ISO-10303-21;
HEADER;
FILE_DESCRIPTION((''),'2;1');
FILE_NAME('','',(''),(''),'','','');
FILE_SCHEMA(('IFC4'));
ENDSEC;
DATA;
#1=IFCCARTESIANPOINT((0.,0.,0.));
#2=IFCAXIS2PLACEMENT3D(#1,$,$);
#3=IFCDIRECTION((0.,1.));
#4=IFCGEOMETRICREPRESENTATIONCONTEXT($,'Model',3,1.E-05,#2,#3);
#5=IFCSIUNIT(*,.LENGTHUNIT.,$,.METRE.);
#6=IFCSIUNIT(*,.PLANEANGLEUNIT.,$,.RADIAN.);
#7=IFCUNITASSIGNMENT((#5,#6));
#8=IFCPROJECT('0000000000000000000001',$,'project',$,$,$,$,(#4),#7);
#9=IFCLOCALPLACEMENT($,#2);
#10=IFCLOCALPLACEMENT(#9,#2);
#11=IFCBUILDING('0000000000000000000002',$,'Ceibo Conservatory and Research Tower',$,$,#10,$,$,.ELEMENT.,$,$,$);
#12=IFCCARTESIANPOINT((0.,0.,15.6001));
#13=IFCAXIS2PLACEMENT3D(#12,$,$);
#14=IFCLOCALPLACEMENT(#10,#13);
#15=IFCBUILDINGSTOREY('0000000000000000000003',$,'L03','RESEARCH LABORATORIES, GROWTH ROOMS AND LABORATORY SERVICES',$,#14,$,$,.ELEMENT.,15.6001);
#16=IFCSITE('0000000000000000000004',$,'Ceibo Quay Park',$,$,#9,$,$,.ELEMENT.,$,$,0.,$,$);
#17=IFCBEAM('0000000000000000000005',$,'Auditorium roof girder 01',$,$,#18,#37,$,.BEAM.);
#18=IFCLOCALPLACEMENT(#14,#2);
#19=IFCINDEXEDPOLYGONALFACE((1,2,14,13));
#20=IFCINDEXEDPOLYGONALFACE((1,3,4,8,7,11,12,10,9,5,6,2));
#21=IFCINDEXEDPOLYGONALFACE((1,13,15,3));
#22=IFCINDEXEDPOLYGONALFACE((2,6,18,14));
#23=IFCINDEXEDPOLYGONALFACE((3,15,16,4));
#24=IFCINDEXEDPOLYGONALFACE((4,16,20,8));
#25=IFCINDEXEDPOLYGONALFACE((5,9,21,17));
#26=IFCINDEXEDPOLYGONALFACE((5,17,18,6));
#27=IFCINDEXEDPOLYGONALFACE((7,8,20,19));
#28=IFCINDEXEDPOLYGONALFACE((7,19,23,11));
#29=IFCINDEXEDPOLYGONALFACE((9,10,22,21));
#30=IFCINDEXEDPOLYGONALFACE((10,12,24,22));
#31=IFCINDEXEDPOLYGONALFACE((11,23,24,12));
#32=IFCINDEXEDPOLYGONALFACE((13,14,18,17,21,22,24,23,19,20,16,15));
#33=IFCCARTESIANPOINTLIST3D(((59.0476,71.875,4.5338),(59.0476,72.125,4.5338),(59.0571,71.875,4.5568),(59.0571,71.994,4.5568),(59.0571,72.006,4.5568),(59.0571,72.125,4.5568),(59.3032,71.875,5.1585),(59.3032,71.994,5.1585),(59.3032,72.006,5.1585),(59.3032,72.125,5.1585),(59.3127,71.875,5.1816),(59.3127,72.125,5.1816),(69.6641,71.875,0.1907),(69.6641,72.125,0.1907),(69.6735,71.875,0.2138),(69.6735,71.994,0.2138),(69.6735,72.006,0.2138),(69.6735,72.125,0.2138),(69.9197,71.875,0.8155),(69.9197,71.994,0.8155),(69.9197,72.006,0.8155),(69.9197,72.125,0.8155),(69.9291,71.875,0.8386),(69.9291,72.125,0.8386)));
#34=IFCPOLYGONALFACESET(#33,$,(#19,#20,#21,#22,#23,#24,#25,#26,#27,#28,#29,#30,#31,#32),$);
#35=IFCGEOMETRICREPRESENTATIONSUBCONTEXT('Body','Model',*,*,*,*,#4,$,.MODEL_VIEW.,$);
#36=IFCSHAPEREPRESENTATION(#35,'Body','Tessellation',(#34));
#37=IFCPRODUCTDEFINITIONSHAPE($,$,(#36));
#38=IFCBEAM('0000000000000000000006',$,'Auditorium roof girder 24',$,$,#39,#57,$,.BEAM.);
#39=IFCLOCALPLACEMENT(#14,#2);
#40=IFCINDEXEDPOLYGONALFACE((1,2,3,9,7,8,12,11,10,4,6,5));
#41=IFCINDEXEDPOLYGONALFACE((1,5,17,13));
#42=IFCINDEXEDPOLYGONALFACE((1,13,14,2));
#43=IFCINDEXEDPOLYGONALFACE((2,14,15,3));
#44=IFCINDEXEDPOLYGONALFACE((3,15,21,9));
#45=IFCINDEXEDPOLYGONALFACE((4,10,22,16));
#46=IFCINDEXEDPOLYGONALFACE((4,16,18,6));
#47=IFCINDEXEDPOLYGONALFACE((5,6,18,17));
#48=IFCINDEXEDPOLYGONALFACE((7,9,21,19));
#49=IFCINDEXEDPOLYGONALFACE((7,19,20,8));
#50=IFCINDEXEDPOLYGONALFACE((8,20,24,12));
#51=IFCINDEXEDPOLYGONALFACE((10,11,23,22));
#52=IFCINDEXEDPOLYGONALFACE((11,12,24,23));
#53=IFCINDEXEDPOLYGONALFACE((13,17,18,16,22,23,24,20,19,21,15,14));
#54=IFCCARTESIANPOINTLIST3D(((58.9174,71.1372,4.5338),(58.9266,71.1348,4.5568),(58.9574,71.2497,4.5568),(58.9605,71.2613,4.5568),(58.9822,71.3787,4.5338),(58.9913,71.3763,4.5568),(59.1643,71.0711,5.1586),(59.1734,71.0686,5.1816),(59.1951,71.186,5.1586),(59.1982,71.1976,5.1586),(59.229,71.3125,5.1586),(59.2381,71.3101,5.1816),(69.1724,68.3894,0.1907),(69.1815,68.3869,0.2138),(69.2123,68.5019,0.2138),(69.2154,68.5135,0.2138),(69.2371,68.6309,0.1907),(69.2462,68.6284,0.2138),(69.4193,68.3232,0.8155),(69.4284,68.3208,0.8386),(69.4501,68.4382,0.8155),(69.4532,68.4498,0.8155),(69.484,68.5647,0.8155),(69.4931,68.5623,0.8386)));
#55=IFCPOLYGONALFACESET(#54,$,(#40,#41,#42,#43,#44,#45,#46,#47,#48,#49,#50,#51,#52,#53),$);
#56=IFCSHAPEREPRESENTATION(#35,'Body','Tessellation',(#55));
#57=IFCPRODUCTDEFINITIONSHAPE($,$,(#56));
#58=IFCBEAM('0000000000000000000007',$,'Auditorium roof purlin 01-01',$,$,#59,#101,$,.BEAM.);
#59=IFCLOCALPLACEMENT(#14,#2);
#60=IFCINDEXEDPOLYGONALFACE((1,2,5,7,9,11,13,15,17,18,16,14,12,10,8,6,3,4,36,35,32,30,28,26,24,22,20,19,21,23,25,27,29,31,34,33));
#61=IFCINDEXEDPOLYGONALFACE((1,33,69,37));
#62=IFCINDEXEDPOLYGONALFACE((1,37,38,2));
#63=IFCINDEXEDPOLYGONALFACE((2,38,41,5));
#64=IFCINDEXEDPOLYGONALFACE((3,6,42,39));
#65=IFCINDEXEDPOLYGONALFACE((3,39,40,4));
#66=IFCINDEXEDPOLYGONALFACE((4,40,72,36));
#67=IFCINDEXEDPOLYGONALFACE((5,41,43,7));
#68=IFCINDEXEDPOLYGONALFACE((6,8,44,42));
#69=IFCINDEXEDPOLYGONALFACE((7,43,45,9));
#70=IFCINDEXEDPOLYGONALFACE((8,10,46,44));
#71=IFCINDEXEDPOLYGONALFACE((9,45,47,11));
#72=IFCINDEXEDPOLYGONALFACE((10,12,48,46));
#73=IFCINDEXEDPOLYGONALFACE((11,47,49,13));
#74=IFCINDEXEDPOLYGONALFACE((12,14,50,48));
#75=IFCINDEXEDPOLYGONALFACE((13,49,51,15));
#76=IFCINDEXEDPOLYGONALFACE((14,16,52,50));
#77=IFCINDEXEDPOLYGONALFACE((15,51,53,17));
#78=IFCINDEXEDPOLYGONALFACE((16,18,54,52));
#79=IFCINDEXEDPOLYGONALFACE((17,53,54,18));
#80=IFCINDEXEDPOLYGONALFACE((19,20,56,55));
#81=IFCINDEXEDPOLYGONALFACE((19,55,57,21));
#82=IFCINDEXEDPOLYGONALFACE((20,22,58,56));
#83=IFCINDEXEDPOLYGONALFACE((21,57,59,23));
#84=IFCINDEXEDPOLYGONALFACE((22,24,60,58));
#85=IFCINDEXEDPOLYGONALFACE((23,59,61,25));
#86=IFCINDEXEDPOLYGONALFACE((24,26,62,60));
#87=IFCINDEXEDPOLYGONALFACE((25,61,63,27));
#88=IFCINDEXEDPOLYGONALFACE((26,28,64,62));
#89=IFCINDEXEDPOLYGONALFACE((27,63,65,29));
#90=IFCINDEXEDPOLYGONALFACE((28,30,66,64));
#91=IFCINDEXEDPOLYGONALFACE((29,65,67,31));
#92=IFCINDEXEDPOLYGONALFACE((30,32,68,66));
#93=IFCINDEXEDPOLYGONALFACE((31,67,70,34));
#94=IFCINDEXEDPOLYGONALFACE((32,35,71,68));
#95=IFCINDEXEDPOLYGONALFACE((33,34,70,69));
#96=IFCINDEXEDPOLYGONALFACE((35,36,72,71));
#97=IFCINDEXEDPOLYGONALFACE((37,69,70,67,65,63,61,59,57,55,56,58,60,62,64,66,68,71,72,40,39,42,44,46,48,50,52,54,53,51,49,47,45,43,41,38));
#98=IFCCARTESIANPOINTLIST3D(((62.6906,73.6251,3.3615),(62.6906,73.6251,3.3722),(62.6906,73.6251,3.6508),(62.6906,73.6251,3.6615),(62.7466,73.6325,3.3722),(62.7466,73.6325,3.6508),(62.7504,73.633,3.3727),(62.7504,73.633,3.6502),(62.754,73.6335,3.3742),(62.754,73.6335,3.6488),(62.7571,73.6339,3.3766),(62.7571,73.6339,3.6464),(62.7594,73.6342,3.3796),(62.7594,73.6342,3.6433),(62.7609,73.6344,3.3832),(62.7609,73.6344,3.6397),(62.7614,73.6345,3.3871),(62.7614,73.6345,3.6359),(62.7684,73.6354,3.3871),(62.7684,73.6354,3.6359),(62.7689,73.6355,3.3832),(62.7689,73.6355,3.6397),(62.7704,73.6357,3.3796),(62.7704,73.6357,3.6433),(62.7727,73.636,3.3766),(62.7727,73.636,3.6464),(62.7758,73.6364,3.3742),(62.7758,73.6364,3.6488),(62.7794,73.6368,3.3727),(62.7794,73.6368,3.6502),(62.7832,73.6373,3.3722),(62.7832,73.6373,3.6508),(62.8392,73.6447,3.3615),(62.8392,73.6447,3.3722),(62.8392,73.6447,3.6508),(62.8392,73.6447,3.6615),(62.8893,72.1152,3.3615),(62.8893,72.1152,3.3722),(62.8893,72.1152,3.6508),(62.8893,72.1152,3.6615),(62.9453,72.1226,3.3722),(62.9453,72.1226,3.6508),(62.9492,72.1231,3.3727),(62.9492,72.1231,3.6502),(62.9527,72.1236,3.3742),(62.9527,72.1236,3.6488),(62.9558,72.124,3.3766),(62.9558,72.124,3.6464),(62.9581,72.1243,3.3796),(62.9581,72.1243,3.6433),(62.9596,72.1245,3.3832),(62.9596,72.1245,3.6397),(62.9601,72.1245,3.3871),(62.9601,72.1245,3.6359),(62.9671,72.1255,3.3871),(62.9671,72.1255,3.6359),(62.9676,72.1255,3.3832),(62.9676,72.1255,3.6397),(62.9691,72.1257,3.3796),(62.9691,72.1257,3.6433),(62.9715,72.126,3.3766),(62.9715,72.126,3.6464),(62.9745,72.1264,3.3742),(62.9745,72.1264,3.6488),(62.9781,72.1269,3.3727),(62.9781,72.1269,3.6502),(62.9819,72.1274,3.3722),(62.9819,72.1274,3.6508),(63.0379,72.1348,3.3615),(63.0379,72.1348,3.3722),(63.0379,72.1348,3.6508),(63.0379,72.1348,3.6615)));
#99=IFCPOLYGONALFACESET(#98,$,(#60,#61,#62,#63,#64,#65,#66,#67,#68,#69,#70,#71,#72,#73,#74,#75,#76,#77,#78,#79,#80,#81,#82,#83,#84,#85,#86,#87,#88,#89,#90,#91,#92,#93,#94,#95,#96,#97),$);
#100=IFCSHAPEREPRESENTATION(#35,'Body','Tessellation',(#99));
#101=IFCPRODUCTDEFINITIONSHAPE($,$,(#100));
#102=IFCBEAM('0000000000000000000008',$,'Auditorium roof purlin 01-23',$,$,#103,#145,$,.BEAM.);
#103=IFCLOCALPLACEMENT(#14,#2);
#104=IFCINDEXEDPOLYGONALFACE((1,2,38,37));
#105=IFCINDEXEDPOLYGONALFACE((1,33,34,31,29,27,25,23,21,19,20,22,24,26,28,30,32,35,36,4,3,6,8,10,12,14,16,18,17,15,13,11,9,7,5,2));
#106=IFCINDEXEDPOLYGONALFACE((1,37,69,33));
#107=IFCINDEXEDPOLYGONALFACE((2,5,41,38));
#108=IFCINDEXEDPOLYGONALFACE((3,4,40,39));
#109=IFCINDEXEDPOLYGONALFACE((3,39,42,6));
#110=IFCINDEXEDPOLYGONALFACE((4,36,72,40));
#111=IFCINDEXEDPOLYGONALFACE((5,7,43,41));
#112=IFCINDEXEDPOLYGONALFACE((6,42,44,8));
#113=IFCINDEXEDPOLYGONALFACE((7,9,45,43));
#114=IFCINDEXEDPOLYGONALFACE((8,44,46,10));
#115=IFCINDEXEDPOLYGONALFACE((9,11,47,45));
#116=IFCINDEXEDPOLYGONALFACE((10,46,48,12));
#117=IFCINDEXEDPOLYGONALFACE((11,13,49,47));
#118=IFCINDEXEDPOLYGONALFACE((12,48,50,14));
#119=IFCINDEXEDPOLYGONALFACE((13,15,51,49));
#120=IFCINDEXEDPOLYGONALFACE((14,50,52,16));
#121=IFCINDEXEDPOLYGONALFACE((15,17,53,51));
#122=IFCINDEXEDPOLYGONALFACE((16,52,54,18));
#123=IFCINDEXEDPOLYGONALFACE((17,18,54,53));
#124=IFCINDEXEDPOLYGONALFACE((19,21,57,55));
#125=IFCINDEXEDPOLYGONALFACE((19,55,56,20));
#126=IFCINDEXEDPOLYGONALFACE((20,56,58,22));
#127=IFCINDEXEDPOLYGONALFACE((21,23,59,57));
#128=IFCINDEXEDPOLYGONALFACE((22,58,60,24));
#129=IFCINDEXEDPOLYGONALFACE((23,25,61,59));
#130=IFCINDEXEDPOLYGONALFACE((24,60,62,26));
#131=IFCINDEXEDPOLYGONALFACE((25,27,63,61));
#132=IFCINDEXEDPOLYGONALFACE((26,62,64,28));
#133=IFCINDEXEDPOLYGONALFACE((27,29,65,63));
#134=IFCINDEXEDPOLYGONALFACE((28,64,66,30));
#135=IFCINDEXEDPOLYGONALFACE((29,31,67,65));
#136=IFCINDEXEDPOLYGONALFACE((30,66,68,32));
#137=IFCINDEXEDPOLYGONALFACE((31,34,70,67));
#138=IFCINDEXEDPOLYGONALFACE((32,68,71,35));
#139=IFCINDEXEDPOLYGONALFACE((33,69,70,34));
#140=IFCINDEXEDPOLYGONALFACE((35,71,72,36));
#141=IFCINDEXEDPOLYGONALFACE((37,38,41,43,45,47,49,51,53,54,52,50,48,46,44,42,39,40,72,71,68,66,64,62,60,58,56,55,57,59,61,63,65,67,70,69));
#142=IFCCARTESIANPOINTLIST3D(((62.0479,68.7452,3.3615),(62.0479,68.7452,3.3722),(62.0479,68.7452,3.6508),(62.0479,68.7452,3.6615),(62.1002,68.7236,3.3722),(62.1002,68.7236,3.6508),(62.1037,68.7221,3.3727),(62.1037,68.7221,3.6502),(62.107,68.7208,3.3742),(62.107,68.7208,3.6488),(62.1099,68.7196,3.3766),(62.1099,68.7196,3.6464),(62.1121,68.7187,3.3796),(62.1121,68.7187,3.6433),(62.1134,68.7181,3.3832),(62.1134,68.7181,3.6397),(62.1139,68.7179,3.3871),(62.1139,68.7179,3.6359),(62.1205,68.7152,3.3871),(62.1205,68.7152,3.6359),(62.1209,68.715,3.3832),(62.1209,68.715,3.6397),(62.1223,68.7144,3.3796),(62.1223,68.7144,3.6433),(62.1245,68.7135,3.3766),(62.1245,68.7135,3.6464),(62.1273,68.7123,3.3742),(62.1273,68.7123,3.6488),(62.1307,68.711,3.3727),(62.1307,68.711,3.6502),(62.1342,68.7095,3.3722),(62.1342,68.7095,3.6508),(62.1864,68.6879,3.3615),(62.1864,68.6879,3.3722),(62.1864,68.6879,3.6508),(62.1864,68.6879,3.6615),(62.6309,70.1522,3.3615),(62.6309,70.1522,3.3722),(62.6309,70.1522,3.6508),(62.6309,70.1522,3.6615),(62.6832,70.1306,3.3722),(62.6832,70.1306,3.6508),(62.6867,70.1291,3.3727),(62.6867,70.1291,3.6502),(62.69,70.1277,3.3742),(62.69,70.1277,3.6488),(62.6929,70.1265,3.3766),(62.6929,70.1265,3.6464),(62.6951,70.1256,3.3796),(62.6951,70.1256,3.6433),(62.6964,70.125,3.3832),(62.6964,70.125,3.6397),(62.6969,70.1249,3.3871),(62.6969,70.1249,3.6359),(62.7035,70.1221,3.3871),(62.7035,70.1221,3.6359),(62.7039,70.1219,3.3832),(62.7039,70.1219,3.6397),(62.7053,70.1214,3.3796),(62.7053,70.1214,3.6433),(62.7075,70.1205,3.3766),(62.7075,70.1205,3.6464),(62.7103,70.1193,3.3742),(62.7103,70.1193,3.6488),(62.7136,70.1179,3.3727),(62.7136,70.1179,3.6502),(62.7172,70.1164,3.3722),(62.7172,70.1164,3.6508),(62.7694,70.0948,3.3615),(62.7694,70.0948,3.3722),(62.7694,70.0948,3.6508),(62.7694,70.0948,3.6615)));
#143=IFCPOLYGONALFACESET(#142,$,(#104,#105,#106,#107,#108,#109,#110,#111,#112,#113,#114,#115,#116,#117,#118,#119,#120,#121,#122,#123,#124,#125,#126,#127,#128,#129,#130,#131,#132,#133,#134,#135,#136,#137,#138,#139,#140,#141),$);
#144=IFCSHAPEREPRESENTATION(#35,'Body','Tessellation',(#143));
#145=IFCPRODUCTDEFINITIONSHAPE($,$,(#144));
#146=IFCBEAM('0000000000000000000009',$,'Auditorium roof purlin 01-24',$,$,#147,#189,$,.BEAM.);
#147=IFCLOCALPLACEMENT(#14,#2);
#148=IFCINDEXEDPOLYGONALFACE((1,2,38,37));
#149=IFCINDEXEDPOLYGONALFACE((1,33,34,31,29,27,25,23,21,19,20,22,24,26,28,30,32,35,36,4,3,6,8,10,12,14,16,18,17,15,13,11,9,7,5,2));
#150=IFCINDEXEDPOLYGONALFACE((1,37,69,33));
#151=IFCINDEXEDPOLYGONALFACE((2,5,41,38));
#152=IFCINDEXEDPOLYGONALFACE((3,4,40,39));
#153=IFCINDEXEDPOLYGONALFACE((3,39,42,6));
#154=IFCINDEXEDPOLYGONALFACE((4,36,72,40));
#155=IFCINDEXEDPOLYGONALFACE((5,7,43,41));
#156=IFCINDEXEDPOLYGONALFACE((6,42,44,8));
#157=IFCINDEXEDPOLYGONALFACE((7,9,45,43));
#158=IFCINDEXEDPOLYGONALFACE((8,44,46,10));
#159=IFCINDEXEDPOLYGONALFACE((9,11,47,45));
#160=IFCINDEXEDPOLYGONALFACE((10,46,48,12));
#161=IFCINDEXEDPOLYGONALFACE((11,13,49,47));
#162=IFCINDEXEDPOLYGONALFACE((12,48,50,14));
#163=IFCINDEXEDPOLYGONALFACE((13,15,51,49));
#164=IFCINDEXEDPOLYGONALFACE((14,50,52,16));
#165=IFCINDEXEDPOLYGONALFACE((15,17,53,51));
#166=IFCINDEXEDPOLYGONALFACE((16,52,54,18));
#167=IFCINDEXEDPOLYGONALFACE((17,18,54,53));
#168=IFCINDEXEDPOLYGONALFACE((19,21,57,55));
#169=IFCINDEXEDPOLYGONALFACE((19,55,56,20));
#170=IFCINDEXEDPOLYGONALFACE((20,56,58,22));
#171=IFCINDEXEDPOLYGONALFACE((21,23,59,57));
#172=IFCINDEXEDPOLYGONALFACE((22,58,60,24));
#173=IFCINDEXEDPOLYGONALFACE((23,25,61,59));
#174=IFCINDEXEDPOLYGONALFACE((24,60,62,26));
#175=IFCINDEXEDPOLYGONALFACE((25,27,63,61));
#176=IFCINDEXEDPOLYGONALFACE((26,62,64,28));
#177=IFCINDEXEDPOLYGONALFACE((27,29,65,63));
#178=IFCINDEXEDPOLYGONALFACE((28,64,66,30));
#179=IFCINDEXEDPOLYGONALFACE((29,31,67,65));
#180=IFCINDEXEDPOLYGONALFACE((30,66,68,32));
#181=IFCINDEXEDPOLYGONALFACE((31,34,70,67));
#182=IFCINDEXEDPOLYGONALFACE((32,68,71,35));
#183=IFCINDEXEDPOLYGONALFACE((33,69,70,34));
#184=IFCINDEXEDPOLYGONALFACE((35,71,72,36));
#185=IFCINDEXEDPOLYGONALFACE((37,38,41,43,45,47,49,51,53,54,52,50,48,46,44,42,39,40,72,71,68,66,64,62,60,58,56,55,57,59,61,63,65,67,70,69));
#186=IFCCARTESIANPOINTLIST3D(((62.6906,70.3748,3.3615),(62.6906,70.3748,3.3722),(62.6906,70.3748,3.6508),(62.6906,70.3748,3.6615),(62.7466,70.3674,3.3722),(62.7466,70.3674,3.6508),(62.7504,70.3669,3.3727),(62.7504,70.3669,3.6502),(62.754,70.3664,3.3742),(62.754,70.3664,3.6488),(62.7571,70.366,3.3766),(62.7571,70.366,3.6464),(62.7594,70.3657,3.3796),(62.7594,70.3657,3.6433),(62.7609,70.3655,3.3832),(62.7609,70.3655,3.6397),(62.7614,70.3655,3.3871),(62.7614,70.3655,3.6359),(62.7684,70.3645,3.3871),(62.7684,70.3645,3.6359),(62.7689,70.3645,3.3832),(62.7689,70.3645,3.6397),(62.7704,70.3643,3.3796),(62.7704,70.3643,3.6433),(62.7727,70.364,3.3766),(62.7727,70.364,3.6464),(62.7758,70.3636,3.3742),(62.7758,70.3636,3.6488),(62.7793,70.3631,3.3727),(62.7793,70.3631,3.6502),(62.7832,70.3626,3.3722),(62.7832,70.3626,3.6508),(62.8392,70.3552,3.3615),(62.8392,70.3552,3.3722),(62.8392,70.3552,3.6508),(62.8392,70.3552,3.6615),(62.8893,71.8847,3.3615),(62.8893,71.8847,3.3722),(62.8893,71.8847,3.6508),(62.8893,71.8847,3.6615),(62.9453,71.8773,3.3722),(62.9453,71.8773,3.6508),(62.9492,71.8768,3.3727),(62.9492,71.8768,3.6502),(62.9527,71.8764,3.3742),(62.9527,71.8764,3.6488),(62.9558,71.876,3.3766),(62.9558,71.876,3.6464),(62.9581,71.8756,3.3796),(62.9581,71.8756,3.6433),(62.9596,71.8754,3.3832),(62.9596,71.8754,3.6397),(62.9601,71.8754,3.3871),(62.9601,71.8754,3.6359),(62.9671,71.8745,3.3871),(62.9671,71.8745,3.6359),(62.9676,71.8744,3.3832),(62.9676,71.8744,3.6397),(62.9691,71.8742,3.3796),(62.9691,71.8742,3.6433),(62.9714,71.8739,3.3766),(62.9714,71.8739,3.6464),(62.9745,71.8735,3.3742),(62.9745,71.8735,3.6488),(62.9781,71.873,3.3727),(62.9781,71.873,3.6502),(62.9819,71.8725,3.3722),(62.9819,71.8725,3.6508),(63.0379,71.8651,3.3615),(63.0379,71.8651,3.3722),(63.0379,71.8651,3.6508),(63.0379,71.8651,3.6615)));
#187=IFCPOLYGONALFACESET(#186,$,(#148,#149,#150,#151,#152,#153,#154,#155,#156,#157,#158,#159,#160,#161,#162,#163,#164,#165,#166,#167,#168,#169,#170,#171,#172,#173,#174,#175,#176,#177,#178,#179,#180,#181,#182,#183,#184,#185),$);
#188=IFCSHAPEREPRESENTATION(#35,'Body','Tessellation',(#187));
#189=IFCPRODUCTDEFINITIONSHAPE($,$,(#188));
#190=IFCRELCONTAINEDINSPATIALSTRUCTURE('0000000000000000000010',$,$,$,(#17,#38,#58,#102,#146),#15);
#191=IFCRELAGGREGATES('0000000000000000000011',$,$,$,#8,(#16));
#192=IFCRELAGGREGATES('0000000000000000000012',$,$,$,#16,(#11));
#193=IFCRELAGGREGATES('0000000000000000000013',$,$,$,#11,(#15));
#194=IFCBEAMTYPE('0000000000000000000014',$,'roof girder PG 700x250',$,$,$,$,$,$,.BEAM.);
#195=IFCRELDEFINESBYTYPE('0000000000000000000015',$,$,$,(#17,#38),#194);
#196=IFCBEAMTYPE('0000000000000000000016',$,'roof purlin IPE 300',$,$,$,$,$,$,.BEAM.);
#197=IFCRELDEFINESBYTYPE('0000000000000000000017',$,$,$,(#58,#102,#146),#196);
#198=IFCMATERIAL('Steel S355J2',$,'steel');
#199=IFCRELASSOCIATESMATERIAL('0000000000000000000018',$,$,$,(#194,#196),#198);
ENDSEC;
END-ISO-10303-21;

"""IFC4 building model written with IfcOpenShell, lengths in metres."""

from ifc_helpers import new_model, si_unit, direction, frame, origin, origin_2d, place, context, subcontext, project, spatial, i_section, extrude, material, material_profile, profile_set, type_object, element, save


model = new_model("IFC4")

# Units and contexts
model_context = context("Model", 3, precision=1e-05, world=origin(), true_north=direction((0.0, 1.0)))
body_context = subcontext(model_context, "Body", "Model", "MODEL_VIEW")
ifc_project = project(units=[si_unit("LENGTHUNIT", "METRE"), si_unit("PLANEANGLEUNIT", "RADIAN")], contexts=[model_context])

# Site, building, storey
site_placement = place(None, origin())
site = spatial("IfcSite", under=ifc_project, at=site_placement, Name="Ceibo Quay Park", CompositionType="ELEMENT", RefElevation=0.0)
building_placement = place(site_placement, origin())
building = spatial("IfcBuilding", under=site, at=building_placement, Name="Ceibo Conservatory and Research Tower", CompositionType="ELEMENT")
storey_placement = place(building_placement, frame((0.0, 0.0, 15.6001)))
storey = spatial("IfcBuildingStorey", under=building, at=storey_placement, Name="L03", Description="RESEARCH LABORATORIES, GROWTH ROOMS AND LABORATORY SERVICES", CompositionType="ELEMENT", Elevation=15.6001)

# Beams
ifc_material_1 = material(Name="Steel S355J2", Category="steel")
ifc_material_profile_1 = material_profile(ifc_material_1, i_section(OverallWidth=0.25, OverallDepth=0.7, WebThickness=0.012, FlangeThickness=0.0249, at=origin_2d()), Name="PG 700x250")
ifc_profile_set_1 = profile_set([ifc_material_profile_1], Name="Steel S355J2")
beam_type_1 = type_object("IfcBeamType", Name="roof girder PG 700x250", PredefinedType="BEAM", material=ifc_profile_set_1)
beam_1_placement = place(storey_placement, frame((69.7966, 72.0, 0.5146), z_axis=(-0.925549, 0.0, 0.378627), x_axis=(0.0, -1.0, 0.0)))
element("IfcBeam", 1, at=beam_1_placement, inside=storey, type_object=beam_type_1, Name="Auditorium roof girder 01", PredefinedType="BEAM", context=body_context, shape_type="SweptSolid", body=[
    extrude(i_section(OverallWidth=0.25, OverallDepth=0.7, WebThickness=0.012, FlangeThickness=0.0249, at=origin_2d()), origin(), (0.0, 0.0, 1.0), 11.4705),
])
beam_2_placement = place(storey_placement, frame((69.3328, 68.4758, 0.5146), z_axis=(-0.894014, 0.239552, 0.378621), x_axis=(-0.25882, -0.965925, 0.0)))
element("IfcBeam", 2, at=beam_2_placement, inside=storey, type_object=beam_type_1, Name="Auditorium roof girder 24", PredefinedType="BEAM", context=body_context, shape_type="SweptSolid", body=[
    extrude(i_section(OverallWidth=0.25, OverallDepth=0.7, WebThickness=0.012, FlangeThickness=0.0249, at=origin_2d()), origin(), (0.0, 0.0, 1.0), 11.4707),
])
ifc_material_profile_2 = material_profile(ifc_material_1, i_section(OverallWidth=0.1499, OverallDepth=0.3, WebThickness=0.0071, FlangeThickness=0.0107, FilletRadius=0.0149, at=origin_2d()), Name="IPE 300")
ifc_profile_set_2 = profile_set([ifc_material_profile_2], Name="Steel S355J2")
beam_type_2 = type_object("IfcBeamType", Name="roof purlin IPE 300", PredefinedType="BEAM", material=ifc_profile_set_2)
for number, where, z_axis, x_axis, name in (
    (3, (62.9636, 72.125, 3.5115), (-0.130484, 0.99145, 0.0), (-0.99145, -0.130484, 0.0), "Auditorium roof purlin 01-01"),
    (4, (62.1172, 68.7166, 3.5115), (0.382805, 0.923829, 0.0), (-0.923829, 0.382805, 0.0), "Auditorium roof purlin 01-23"),
    (5, (62.7649, 70.365, 3.5115), (0.130484, 0.99145, 0.0), (-0.99145, 0.130484, 0.0), "Auditorium roof purlin 01-24"),
):
    element("IfcBeam", number, at=place(storey_placement, frame(where, z_axis=z_axis, x_axis=x_axis)), inside=storey, type_object=beam_type_2, Name=name, PredefinedType="BEAM", context=body_context, shape_type="SweptSolid", body=[
        extrude(i_section(OverallWidth=0.1499, OverallDepth=0.3, WebThickness=0.0071, FlangeThickness=0.0107, FilletRadius=0.0149, at=origin_2d()), origin(), (0.0, 0.0, 1.0), 1.5229),
    ])

save(model, "model.ifc")
